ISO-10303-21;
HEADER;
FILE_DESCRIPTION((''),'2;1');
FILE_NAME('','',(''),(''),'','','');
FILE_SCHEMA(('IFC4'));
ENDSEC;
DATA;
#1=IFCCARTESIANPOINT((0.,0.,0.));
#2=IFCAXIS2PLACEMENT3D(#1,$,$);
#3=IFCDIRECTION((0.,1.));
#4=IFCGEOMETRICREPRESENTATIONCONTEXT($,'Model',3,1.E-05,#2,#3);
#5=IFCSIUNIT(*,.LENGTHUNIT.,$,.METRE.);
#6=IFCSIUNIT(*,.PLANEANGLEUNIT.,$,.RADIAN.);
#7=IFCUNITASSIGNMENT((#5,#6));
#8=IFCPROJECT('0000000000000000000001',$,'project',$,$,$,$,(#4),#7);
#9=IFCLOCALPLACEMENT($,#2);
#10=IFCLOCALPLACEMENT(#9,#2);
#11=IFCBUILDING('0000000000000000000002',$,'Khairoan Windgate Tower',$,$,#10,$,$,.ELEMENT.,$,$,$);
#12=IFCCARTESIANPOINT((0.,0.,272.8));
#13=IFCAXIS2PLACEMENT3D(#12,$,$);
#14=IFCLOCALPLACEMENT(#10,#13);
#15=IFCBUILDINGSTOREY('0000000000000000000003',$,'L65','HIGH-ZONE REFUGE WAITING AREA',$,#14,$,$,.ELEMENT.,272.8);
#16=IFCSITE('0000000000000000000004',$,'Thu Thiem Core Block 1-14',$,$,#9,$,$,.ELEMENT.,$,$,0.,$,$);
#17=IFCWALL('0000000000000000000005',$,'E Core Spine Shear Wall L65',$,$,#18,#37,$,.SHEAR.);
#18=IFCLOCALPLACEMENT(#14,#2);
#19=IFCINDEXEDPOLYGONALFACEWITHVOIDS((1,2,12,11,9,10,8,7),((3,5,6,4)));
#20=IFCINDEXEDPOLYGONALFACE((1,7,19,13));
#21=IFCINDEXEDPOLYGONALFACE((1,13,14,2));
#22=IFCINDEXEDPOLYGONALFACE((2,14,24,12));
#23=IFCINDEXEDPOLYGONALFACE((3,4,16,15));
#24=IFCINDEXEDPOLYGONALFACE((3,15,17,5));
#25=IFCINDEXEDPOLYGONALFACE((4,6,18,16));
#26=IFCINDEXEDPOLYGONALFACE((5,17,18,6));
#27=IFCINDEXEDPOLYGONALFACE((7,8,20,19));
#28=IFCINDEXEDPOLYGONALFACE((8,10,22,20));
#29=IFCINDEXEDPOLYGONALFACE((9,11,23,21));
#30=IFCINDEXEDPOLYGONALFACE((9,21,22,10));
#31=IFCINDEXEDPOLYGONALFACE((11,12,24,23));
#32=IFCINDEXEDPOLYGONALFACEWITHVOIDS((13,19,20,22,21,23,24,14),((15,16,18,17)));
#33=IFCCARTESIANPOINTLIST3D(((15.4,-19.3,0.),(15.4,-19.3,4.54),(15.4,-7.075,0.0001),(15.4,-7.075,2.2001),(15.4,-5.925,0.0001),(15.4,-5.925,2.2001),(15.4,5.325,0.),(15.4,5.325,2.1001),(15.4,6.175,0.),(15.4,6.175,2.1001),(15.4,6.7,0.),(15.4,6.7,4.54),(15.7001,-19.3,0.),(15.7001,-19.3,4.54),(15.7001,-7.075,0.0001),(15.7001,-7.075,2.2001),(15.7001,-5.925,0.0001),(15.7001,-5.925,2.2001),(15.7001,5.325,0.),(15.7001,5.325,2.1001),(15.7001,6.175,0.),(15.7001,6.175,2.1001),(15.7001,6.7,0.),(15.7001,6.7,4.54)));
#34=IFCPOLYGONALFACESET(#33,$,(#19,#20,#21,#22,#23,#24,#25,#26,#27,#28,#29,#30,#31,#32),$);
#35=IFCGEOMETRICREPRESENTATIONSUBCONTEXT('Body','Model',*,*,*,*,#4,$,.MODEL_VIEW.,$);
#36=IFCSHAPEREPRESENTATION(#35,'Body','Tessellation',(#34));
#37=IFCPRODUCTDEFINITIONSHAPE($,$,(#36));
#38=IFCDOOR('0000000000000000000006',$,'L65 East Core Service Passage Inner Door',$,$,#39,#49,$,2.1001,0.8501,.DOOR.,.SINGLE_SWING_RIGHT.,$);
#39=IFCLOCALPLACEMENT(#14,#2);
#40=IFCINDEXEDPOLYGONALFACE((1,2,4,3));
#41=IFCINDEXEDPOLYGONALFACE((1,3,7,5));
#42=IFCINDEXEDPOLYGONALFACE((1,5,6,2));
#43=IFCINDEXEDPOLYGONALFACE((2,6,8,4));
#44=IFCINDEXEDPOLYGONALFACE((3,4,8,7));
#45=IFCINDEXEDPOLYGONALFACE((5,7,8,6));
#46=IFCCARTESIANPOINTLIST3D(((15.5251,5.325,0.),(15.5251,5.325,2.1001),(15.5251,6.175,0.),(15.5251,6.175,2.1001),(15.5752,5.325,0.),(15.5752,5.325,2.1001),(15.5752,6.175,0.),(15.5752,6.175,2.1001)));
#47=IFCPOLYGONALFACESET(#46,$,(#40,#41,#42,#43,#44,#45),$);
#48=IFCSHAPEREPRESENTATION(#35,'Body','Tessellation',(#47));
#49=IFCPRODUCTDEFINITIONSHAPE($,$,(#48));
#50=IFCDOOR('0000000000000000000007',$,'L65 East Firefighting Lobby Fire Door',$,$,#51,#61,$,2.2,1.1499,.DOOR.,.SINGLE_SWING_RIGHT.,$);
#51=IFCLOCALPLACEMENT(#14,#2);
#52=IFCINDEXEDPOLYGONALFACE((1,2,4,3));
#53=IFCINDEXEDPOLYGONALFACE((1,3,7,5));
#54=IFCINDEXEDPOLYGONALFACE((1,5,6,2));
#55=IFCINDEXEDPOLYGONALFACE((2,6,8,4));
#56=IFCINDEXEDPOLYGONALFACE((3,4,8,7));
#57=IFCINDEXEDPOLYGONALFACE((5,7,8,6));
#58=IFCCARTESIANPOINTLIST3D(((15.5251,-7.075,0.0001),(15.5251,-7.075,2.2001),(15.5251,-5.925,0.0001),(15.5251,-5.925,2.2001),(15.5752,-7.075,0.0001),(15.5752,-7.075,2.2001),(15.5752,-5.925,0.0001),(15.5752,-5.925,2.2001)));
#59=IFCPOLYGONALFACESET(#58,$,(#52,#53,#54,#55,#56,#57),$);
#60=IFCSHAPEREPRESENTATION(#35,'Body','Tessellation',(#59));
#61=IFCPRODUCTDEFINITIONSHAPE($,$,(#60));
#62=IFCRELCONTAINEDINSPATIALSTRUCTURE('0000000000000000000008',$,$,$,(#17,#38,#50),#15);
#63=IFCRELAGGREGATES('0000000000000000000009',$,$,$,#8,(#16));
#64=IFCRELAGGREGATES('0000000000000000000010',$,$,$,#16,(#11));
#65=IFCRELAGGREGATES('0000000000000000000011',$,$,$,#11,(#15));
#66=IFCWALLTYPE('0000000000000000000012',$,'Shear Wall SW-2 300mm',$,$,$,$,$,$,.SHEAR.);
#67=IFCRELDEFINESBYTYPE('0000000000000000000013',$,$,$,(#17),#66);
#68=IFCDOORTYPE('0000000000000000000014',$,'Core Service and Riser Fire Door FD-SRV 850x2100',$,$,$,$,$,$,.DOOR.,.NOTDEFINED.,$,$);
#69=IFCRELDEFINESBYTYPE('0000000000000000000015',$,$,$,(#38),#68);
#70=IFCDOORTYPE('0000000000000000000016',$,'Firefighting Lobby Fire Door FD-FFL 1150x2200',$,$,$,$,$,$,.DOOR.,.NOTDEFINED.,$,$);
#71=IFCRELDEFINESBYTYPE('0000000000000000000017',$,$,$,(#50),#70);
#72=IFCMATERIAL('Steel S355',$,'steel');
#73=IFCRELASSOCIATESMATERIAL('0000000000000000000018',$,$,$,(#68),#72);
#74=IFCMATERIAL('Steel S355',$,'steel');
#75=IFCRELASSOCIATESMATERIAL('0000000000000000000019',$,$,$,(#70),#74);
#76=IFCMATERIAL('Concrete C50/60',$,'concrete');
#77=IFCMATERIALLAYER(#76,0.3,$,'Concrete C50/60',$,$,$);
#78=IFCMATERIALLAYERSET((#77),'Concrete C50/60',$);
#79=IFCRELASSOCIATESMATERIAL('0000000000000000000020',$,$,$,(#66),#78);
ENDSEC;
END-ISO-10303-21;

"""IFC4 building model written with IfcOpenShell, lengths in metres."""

from ifc_helpers import new_model, si_unit, direction, frame, frame_2d, origin, place, context, subcontext, project, spatial, rectangle, extrude, material, layer, layer_set, type_object, element, fill, save


model = new_model("IFC4")

# Units and contexts
model_context = context("Model", 3, precision=1e-05, world=origin(), true_north=direction((0.0, 1.0)))
body_context = subcontext(model_context, "Body", "Model", "MODEL_VIEW")
ifc_project = project(units=[si_unit("LENGTHUNIT", "METRE"), si_unit("PLANEANGLEUNIT", "RADIAN")], contexts=[model_context])

# Site, building, storey
site_placement = place(None, origin())
site = spatial("IfcSite", under=ifc_project, at=site_placement, Name="Thu Thiem Core Block 1-14", CompositionType="ELEMENT", RefElevation=0.0)
building_placement = place(site_placement, origin())
building = spatial("IfcBuilding", under=site, at=building_placement, Name="Khairoan Windgate Tower", CompositionType="ELEMENT")
storey_placement = place(building_placement, frame((0.0, 0.0, 272.8)))
storey = spatial("IfcBuildingStorey", under=building, at=storey_placement, Name="L65", Description="HIGH-ZONE REFUGE WAITING AREA", CompositionType="ELEMENT", Elevation=272.8)

# Shared definitions
ifc_material_1 = material(Name="Steel S355", Category="steel")
door_type_1 = type_object("IfcDoorType", Name="Core Service and Riser Fire Door FD-SRV 850x2100", OperationType="NOTDEFINED", PredefinedType="DOOR", material=ifc_material_1)
ifc_material_2 = material(Name="Steel S355", Category="steel")
door_type_2 = type_object("IfcDoorType", Name="Firefighting Lobby Fire Door FD-FFL 1150x2200", OperationType="NOTDEFINED", PredefinedType="DOOR", material=ifc_material_2)

# Wall, openings, doors
ifc_material_3 = material(Name="Concrete C50/60", Category="concrete")
ifc_layer_1 = layer(ifc_material_3, 0.3, Name="Concrete C50/60")
ifc_layer_set_1 = layer_set([ifc_layer_1], Name="Concrete C50/60")
wall_type_1 = type_object("IfcWallType", Name="Shear Wall SW-2 300mm", PredefinedType="SHEAR", material=ifc_layer_set_1)
wall_1_placement = place(storey_placement, frame((15.55, -19.3, 0.0), z_axis=(0.0, 0.0, 1.0), x_axis=(0.0, 1.0, 0.0)))
wall_1 = element("IfcWall", 1, at=wall_1_placement, inside=storey, type_object=wall_type_1, Name="E Core Spine Shear Wall L65", PredefinedType="SHEAR", context=body_context, shape_type="SweptSolid", body=[
    extrude(rectangle(XDim=26.0, YDim=0.3, at=frame_2d((13.0, 0.0))), origin(), (0.0, 0.0, 1.0), 4.54),
])
opening_1_placement = place(wall_1_placement, frame((12.2251, 0.0, 0.0)))
opening_1 = element("IfcOpeningElement", 2, at=opening_1_placement, cuts=wall_1, PredefinedType="OPENING", context=body_context, shape_type="SweptSolid", body=[
    extrude(rectangle(XDim=1.1499, YDim=2.2, at=frame_2d((0.575, 1.1001))), frame((0.0, 0.1599, 0.0), z_axis=(0.0, -1.0, 0.0), x_axis=(1.0, 0.0, 0.0)), (0.0, 0.0, 1.0), 0.3201),
])
opening_2_placement = place(wall_1_placement, frame((24.625, 0.0, 0.0)))
opening_2 = element("IfcOpeningElement", 3, at=opening_2_placement, cuts=wall_1, PredefinedType="OPENING", context=body_context, shape_type="SweptSolid", body=[
    extrude(rectangle(XDim=0.8501, YDim=2.1001, at=frame_2d((0.425, 1.05))), frame((0.0, 0.1599, 0.0), z_axis=(0.0, -1.0, 0.0), x_axis=(1.0, 0.0, 0.0)), (0.0, 0.0, 1.0), 0.3201),
])
door_1_placement = place(opening_2_placement, origin())
door_1 = element("IfcDoor", 4, at=door_1_placement, inside=storey, type_object=door_type_1, Name="L65 East Core Service Passage Inner Door", OperationType="SINGLE_SWING_RIGHT", OverallHeight=2.1001, OverallWidth=0.8501, PredefinedType="DOOR", context=body_context, shape_type="SweptSolid", body=[
    extrude(rectangle(XDim=0.8501, YDim=2.1001, at=frame_2d((0.425, 1.05))), frame((0.0, 0.0249, 0.0), z_axis=(0.0, -1.0, 0.0), x_axis=(1.0, 0.0, 0.0)), (0.0, 0.0, 1.0), 0.05),
])
fill(opening_2, door_1)
door_2_placement = place(opening_1_placement, origin())
door_2 = element("IfcDoor", 5, at=door_2_placement, inside=storey, type_object=door_type_2, Name="L65 East Firefighting Lobby Fire Door", OperationType="SINGLE_SWING_RIGHT", OverallHeight=2.2, OverallWidth=1.1499, PredefinedType="DOOR", context=body_context, shape_type="SweptSolid", body=[
    extrude(rectangle(XDim=1.1499, YDim=2.2, at=frame_2d((0.575, 1.1001))), frame((0.0, 0.0249, 0.0), z_axis=(0.0, -1.0, 0.0), x_axis=(1.0, 0.0, 0.0)), (0.0, 0.0, 1.0), 0.05),
])
fill(opening_1, door_2)

save(model, "model.ifc")
